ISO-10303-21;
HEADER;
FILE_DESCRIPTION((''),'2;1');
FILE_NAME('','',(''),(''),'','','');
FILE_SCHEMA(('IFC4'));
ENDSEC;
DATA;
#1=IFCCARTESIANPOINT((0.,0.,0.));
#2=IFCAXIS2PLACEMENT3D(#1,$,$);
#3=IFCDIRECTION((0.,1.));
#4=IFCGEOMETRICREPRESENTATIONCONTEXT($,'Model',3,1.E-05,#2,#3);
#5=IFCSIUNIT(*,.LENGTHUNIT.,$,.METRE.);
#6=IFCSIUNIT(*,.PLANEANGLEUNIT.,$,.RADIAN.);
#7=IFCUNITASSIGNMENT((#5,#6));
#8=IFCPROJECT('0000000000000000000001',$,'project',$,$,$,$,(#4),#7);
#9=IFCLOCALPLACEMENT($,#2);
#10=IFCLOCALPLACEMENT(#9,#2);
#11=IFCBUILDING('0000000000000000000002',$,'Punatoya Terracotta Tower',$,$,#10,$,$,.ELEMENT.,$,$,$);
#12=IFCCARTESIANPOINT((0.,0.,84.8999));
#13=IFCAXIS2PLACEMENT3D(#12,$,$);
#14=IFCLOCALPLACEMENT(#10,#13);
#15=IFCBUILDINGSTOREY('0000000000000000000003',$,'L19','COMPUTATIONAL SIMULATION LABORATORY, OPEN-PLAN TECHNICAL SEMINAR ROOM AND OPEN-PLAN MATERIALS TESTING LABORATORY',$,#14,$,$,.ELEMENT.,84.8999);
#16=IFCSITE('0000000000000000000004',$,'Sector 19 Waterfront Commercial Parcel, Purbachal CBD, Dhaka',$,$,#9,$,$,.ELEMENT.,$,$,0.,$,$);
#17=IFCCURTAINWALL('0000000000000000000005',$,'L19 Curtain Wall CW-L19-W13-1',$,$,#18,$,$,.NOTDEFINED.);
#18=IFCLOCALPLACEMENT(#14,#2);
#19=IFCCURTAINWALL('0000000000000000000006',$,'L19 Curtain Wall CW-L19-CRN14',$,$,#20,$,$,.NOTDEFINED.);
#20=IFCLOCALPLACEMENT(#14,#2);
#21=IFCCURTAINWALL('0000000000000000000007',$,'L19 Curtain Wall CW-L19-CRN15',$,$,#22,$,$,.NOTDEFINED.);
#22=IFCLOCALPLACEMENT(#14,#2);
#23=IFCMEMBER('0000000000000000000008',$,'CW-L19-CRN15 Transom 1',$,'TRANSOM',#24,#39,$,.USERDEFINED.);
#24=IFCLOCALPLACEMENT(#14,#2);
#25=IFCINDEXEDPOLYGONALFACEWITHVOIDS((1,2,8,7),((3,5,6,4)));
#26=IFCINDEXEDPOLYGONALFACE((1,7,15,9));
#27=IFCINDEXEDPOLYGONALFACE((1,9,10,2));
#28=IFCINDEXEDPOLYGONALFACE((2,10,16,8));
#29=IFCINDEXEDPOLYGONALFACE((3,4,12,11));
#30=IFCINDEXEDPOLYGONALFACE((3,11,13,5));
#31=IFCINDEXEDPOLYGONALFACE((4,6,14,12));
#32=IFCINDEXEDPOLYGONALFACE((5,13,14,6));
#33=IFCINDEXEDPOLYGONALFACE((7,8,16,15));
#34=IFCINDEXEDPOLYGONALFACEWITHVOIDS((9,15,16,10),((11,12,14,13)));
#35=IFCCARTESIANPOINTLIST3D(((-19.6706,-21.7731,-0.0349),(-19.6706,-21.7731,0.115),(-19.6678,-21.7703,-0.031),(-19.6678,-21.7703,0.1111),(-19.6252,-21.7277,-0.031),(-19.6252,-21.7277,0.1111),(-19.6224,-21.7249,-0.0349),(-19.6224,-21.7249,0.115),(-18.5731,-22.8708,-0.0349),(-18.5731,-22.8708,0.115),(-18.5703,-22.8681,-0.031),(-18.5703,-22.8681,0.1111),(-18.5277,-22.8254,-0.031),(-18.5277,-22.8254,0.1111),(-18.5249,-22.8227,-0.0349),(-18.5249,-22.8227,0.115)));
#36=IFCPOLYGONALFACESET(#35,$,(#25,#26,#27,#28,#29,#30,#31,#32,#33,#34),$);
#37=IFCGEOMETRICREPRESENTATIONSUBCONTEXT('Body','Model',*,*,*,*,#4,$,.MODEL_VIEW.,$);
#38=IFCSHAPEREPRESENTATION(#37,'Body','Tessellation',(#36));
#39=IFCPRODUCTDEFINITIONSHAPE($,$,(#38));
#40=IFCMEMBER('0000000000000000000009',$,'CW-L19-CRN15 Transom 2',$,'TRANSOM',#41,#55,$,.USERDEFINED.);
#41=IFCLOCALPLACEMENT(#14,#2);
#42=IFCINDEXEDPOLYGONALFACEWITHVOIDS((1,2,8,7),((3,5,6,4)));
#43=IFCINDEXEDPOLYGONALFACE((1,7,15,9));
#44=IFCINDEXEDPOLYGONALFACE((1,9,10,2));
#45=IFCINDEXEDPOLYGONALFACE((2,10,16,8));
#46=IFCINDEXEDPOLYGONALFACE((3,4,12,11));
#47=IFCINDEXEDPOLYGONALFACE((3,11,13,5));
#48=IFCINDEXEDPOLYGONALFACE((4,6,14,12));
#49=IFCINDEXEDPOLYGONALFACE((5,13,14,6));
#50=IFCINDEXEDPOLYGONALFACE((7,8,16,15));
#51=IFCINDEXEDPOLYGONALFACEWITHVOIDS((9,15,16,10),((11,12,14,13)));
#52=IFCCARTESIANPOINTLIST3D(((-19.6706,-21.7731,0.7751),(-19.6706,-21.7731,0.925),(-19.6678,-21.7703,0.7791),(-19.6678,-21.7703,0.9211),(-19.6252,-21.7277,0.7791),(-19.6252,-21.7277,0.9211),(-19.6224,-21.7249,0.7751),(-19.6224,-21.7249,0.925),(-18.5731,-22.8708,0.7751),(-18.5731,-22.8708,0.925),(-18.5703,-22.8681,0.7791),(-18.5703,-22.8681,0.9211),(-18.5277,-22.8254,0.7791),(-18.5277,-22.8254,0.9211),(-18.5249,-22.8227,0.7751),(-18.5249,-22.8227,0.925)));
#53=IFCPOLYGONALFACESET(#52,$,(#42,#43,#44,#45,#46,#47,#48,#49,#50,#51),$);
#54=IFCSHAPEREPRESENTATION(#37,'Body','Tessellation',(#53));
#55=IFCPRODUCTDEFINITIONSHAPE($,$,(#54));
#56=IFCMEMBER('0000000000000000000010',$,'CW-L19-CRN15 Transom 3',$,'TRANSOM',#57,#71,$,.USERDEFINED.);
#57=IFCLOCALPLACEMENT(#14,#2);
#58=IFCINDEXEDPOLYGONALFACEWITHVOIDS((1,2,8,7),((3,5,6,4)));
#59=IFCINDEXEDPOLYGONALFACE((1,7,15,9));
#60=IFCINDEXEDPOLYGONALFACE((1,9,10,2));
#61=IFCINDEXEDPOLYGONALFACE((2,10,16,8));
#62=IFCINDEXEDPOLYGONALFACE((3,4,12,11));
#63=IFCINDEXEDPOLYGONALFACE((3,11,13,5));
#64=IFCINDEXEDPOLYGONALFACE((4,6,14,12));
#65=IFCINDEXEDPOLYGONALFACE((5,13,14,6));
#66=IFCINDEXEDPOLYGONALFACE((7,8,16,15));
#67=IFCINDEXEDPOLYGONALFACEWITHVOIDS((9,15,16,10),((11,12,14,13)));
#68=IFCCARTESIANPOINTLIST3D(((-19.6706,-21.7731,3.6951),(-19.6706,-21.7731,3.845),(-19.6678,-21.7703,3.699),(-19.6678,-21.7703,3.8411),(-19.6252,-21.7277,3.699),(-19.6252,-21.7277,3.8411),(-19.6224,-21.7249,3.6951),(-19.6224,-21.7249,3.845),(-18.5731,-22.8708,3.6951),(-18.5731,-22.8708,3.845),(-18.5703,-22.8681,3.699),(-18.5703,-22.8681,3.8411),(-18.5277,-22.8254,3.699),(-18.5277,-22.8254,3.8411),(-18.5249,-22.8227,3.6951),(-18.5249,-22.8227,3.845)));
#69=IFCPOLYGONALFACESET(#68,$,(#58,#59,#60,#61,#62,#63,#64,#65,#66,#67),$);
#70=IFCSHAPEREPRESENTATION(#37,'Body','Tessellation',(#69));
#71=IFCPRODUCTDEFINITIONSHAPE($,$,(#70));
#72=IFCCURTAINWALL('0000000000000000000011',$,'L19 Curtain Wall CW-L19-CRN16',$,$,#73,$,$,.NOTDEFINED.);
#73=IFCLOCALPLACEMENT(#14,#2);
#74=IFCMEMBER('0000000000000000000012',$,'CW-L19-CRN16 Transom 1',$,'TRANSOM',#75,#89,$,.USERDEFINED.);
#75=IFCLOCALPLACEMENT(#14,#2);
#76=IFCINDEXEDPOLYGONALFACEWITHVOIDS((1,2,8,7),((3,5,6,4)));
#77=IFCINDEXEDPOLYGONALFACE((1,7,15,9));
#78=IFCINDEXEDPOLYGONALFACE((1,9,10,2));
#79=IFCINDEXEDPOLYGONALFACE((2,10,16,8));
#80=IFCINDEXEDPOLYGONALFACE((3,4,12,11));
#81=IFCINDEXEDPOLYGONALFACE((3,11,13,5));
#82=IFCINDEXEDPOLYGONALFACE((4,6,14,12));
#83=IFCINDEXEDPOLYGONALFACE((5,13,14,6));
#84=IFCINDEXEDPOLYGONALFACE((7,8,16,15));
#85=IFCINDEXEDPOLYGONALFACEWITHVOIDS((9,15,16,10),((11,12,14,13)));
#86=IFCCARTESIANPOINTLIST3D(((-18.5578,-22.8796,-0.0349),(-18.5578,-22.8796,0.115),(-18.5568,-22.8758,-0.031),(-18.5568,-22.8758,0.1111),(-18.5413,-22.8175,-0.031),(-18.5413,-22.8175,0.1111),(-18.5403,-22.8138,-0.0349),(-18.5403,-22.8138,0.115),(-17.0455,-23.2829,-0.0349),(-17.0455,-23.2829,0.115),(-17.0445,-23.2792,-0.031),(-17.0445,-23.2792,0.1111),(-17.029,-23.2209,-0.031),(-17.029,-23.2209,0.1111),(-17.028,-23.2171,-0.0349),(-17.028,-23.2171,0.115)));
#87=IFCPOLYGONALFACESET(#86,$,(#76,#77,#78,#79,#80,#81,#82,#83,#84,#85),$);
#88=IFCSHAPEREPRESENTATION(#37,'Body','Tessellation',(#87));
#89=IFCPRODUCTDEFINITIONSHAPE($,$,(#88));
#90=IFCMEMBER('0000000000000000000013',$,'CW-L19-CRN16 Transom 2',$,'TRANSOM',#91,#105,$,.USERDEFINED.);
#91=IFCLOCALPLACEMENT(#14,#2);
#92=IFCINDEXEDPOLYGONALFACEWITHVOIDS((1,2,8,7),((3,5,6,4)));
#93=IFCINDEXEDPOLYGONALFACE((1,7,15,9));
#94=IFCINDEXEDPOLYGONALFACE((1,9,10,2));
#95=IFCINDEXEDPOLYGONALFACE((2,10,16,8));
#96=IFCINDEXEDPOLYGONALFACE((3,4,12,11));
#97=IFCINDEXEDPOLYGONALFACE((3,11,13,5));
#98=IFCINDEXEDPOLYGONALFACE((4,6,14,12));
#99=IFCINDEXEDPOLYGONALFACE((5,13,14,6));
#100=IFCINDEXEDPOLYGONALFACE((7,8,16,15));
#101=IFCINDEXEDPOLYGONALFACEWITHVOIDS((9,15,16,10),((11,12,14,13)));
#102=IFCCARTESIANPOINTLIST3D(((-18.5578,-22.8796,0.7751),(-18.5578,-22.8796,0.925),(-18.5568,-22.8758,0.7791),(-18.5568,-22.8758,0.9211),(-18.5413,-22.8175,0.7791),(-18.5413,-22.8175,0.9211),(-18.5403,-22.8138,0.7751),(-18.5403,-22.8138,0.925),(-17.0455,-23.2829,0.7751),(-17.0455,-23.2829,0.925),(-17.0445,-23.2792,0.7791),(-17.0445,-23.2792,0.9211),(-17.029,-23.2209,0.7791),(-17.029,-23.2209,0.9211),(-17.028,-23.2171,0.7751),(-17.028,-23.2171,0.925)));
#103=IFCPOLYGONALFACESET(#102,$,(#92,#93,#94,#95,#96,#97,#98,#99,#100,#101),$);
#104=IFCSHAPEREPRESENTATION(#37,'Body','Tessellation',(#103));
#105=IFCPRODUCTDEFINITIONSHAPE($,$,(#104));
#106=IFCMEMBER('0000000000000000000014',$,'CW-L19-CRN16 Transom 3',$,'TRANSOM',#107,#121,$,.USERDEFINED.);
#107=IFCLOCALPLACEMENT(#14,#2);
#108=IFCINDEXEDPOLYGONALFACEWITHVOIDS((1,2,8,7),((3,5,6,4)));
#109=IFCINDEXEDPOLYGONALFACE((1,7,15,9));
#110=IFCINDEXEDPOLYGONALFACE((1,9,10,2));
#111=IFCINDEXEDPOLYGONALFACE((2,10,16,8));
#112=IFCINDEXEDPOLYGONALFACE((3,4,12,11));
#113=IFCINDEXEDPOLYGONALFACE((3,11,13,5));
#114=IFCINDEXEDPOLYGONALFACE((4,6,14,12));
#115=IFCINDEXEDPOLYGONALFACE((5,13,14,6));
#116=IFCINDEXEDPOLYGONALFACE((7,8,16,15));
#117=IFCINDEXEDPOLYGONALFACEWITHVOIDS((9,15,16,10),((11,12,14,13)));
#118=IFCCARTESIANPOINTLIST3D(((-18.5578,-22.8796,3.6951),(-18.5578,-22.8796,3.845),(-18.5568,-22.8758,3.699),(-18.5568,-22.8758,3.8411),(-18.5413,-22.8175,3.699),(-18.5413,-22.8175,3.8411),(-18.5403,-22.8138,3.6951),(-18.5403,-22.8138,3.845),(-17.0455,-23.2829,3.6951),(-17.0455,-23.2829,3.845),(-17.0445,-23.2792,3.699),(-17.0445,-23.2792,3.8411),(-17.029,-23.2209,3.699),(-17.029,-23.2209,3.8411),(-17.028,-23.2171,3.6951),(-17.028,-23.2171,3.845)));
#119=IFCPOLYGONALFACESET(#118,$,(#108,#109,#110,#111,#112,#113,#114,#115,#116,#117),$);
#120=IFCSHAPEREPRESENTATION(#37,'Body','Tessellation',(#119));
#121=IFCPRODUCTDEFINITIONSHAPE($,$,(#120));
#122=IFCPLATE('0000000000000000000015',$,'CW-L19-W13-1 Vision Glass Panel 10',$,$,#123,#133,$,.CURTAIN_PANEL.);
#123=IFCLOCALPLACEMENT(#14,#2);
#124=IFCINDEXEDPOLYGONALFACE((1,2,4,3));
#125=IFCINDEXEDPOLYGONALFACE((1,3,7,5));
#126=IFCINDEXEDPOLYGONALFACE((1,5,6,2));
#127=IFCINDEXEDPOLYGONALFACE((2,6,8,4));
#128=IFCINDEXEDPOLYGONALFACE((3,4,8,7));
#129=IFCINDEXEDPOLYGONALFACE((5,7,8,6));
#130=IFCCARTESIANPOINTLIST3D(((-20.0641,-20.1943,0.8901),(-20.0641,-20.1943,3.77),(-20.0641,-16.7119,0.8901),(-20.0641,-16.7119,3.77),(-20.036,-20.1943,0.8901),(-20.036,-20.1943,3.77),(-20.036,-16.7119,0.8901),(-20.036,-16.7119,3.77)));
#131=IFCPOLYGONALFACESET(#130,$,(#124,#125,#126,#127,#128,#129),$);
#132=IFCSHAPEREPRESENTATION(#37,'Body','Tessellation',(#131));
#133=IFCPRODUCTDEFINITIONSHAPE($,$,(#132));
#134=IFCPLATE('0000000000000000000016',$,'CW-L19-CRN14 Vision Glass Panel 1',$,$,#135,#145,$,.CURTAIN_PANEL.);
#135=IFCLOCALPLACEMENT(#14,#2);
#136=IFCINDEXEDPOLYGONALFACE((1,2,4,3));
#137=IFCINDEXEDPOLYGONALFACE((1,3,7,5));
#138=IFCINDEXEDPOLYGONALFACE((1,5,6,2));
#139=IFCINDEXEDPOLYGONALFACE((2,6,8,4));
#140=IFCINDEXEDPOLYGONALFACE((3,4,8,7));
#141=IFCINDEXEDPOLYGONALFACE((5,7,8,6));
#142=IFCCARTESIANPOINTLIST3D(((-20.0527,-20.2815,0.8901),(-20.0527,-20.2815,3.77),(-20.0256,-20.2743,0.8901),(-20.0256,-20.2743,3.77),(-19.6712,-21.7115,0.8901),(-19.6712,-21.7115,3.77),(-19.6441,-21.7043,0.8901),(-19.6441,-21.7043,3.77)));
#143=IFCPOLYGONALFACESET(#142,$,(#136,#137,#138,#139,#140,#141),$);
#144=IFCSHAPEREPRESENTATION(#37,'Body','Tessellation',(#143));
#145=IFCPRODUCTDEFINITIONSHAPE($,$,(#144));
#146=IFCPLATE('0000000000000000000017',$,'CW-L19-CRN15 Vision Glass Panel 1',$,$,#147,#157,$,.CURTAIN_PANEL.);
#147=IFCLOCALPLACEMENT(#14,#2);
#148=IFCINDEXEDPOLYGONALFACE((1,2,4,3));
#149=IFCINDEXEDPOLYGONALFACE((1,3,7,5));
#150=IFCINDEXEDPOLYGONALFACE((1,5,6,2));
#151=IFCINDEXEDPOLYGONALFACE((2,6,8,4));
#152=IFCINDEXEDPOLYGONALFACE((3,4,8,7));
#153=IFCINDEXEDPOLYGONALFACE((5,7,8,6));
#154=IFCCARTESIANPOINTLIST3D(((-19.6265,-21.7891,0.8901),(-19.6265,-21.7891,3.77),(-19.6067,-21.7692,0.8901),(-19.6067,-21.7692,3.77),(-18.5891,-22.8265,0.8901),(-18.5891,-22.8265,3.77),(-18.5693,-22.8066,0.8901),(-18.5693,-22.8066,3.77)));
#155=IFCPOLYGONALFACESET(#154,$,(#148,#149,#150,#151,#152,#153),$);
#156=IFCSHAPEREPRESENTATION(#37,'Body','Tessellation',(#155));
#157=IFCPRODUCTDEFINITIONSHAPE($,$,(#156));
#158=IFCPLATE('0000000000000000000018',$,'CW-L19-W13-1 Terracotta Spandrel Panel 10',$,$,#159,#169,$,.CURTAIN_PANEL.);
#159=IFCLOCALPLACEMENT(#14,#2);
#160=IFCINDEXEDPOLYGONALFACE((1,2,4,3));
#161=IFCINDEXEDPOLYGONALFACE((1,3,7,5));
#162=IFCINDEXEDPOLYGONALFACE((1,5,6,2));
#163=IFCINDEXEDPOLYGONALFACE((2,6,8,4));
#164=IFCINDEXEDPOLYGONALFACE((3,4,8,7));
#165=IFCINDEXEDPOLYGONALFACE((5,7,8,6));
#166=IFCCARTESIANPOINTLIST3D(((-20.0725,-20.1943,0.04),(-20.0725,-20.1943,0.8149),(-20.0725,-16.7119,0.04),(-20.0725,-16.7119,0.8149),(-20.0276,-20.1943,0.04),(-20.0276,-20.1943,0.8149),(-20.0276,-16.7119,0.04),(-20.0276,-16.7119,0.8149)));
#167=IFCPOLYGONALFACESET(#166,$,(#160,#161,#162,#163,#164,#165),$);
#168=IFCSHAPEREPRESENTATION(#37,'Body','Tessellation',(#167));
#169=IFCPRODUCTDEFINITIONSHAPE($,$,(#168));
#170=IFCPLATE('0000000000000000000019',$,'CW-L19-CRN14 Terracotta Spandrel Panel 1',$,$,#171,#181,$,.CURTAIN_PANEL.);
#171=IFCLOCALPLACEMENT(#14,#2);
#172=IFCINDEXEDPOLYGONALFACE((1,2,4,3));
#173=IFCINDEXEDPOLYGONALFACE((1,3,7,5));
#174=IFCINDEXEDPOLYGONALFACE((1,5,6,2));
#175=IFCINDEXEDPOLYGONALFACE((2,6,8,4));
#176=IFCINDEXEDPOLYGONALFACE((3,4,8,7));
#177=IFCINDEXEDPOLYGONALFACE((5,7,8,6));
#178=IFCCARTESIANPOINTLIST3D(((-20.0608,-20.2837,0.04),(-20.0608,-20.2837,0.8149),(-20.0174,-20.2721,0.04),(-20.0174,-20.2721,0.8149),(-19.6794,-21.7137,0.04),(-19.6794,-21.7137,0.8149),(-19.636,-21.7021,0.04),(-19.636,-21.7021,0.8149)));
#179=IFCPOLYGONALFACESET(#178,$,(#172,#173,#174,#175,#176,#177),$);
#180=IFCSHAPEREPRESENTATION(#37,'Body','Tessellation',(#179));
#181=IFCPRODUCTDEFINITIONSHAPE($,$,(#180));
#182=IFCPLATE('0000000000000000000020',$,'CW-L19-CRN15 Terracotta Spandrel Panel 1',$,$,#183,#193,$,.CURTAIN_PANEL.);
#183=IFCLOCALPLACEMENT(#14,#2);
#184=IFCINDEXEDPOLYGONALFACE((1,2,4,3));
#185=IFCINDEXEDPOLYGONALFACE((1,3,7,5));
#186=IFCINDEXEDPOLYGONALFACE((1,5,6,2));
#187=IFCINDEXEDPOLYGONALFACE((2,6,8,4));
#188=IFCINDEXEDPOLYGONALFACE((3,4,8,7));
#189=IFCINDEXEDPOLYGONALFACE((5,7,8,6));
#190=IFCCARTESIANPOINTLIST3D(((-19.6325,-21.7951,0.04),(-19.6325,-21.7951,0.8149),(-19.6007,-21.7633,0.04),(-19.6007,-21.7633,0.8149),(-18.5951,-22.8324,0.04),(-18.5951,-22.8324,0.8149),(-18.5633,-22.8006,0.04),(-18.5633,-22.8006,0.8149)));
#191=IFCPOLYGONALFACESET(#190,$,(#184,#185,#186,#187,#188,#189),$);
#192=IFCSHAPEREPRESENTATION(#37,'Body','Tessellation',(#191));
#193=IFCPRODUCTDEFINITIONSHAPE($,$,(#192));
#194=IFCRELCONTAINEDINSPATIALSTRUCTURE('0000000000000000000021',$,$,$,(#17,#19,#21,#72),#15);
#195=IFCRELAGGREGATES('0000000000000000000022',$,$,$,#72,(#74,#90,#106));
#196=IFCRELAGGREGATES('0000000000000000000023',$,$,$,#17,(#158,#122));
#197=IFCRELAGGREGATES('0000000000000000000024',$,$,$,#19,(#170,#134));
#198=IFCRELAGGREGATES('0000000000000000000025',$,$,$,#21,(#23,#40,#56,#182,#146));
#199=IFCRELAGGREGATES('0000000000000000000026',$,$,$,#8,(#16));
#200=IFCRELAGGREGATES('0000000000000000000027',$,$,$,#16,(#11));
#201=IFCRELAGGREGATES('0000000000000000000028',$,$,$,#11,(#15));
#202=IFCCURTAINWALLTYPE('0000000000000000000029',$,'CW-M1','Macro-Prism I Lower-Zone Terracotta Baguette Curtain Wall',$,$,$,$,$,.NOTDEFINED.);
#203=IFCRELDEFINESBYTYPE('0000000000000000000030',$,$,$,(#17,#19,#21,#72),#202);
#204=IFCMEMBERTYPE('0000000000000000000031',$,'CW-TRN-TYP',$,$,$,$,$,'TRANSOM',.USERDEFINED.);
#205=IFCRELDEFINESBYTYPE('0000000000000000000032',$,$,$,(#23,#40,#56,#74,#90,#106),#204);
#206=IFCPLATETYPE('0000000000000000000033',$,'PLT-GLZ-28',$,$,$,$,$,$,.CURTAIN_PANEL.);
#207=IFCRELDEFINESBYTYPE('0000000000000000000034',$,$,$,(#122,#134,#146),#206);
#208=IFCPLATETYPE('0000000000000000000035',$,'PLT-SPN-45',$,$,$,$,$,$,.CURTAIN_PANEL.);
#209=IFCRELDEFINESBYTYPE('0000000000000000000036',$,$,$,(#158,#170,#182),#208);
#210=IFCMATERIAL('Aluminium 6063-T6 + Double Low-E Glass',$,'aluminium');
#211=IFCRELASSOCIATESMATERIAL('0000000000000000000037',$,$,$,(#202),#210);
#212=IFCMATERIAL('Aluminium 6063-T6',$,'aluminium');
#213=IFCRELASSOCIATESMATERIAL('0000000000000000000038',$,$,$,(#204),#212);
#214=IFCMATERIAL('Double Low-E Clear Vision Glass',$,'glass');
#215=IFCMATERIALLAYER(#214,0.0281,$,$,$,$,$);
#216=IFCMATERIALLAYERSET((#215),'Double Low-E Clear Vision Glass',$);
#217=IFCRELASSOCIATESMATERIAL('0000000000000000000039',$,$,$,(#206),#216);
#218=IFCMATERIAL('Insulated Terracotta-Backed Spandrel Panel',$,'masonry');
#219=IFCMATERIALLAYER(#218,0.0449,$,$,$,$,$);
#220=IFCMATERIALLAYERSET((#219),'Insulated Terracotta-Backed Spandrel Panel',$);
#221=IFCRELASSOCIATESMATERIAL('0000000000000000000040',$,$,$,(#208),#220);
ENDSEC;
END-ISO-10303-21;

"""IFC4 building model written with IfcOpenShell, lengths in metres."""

from ifc_helpers import new_model, si_unit, direction, frame, origin, origin_2d, place, context, subcontext, project, spatial, rectangle, hollow_rectangle, extrude, material, layer, layer_set, material_profile, profile_set, type_object, element, aggregate, save


model = new_model("IFC4")

# Units and contexts
model_context = context("Model", 3, precision=1e-05, world=origin(), true_north=direction((0.0, 1.0)))
body_context = subcontext(model_context, "Body", "Model", "MODEL_VIEW")
ifc_project = project(units=[si_unit("LENGTHUNIT", "METRE"), si_unit("PLANEANGLEUNIT", "RADIAN")], contexts=[model_context])

# Site, building, storey
site_placement = place(None, origin())
site = spatial("IfcSite", under=ifc_project, at=site_placement, Name="Sector 19 Waterfront Commercial Parcel, Purbachal CBD, Dhaka", CompositionType="ELEMENT", RefElevation=0.0)
building_placement = place(site_placement, origin())
building = spatial("IfcBuilding", under=site, at=building_placement, Name="Punatoya Terracotta Tower", CompositionType="ELEMENT")
storey_placement = place(building_placement, frame((0.0, 0.0, 84.8999)))
storey = spatial("IfcBuildingStorey", under=building, at=storey_placement, Name="L19", Description="COMPUTATIONAL SIMULATION LABORATORY, OPEN-PLAN TECHNICAL SEMINAR ROOM AND OPEN-PLAN MATERIALS TESTING LABORATORY", CompositionType="ELEMENT", Elevation=84.8999)

# Curtain wall
ifc_material_1 = material(Name="Aluminium 6063-T6 + Double Low-E Glass", Category="aluminium")
curtain_wall_type = type_object("IfcCurtainWallType", Name="CW-M1", Description="Macro-Prism I Lower-Zone Terracotta Baguette Curtain Wall", PredefinedType="NOTDEFINED", material=ifc_material_1)
curtain_wall_1_placement = place(storey_placement, origin())
curtain_wall_1 = element("IfcCurtainWall", 1, at=curtain_wall_1_placement, inside=storey, type_object=curtain_wall_type, Name="L19 Curtain Wall CW-L19-W13-1", PredefinedType="NOTDEFINED")
ifc_material_2 = material(Name="Aluminium 6063-T6", Category="aluminium")

# Curtain walls
curtain_wall_2_placement = place(storey_placement, origin())
curtain_wall_2 = element("IfcCurtainWall", 2, at=curtain_wall_2_placement, inside=storey, type_object=curtain_wall_type, Name="L19 Curtain Wall CW-L19-CRN14", PredefinedType="NOTDEFINED")
curtain_wall_3_placement = place(storey_placement, origin())
curtain_wall_3 = element("IfcCurtainWall", 3, at=curtain_wall_3_placement, inside=storey, type_object=curtain_wall_type, Name="L19 Curtain Wall CW-L19-CRN15", PredefinedType="NOTDEFINED")

# Members
ifc_material_profile_1 = material_profile(ifc_material_2, hollow_rectangle(XDim=0.0681, YDim=0.1499, WallThickness=0.0039, at=origin_2d()))
ifc_profile_set_1 = profile_set([ifc_material_profile_1], Name="Aluminium 6063-T6")
member_type_1 = type_object("IfcMemberType", Name="CW-TRN-TYP", ElementType="TRANSOM", PredefinedType="USERDEFINED", material=ifc_profile_set_1)
member_1_placement = place(storey_placement, frame((-19.6465, -21.749, 0.04), z_axis=(0.707028, -0.707185, 0.0), x_axis=(0.707185, 0.707028, 0.0)))
member_1 = element("IfcMember", 4, at=member_1_placement, type_object=member_type_1, Name="CW-L19-CRN15 Transom 1", ObjectType="TRANSOM", PredefinedType="USERDEFINED", context=body_context, shape_type="SweptSolid", body=[
    extrude(hollow_rectangle(XDim=0.0681, YDim=0.1499, WallThickness=0.0039, at=origin_2d()), origin(), (0.0, 0.0, 1.0), 1.5522),
])
member_2_placement = place(storey_placement, frame((-19.6465, -21.749, 0.8501), z_axis=(0.707028, -0.707185, 0.0), x_axis=(0.707185, 0.707028, 0.0)))
member_2 = element("IfcMember", 5, at=member_2_placement, type_object=member_type_1, Name="CW-L19-CRN15 Transom 2", ObjectType="TRANSOM", PredefinedType="USERDEFINED", context=body_context, shape_type="SweptSolid", body=[
    extrude(hollow_rectangle(XDim=0.0681, YDim=0.1499, WallThickness=0.0039, at=origin_2d()), origin(), (0.0, 0.0, 1.0), 1.5522),
])
member_3_placement = place(storey_placement, frame((-19.6465, -21.749, 3.77), z_axis=(0.707028, -0.707185, 0.0), x_axis=(0.707185, 0.707028, 0.0)))
member_3 = element("IfcMember", 6, at=member_3_placement, type_object=member_type_1, Name="CW-L19-CRN15 Transom 3", ObjectType="TRANSOM", PredefinedType="USERDEFINED", context=body_context, shape_type="SweptSolid", body=[
    extrude(hollow_rectangle(XDim=0.0681, YDim=0.1499, WallThickness=0.0039, at=origin_2d()), origin(), (0.0, 0.0, 1.0), 1.5522),
])

# Curtain wall, members
curtain_wall_4_placement = place(storey_placement, origin())
curtain_wall_4 = element("IfcCurtainWall", 7, at=curtain_wall_4_placement, inside=storey, type_object=curtain_wall_type, Name="L19 Curtain Wall CW-L19-CRN16", PredefinedType="NOTDEFINED")
member_4_placement = place(storey_placement, frame((-18.5491, -22.8467, 0.04), z_axis=(0.966225, -0.257701, 0.0), x_axis=(0.257701, 0.966225, 0.0)))
member_4 = element("IfcMember", 8, at=member_4_placement, type_object=member_type_1, Name="CW-L19-CRN16 Transom 1", ObjectType="TRANSOM", PredefinedType="USERDEFINED", context=body_context, shape_type="SweptSolid", body=[
    extrude(hollow_rectangle(XDim=0.0681, YDim=0.1499, WallThickness=0.0039, at=origin_2d()), origin(), (0.0, 0.0, 1.0), 1.5652),
])
member_5_placement = place(storey_placement, frame((-18.5491, -22.8467, 0.8501), z_axis=(0.966225, -0.257701, 0.0), x_axis=(0.257701, 0.966225, 0.0)))
member_5 = element("IfcMember", 9, at=member_5_placement, type_object=member_type_1, Name="CW-L19-CRN16 Transom 2", ObjectType="TRANSOM", PredefinedType="USERDEFINED", context=body_context, shape_type="SweptSolid", body=[
    extrude(hollow_rectangle(XDim=0.0681, YDim=0.1499, WallThickness=0.0039, at=origin_2d()), origin(), (0.0, 0.0, 1.0), 1.5652),
])
member_6_placement = place(storey_placement, frame((-18.5491, -22.8467, 3.77), z_axis=(0.966225, -0.257701, 0.0), x_axis=(0.257701, 0.966225, 0.0)))
member_6 = element("IfcMember", 10, at=member_6_placement, type_object=member_type_1, Name="CW-L19-CRN16 Transom 3", ObjectType="TRANSOM", PredefinedType="USERDEFINED", context=body_context, shape_type="SweptSolid", body=[
    extrude(hollow_rectangle(XDim=0.0681, YDim=0.1499, WallThickness=0.0039, at=origin_2d()), origin(), (0.0, 0.0, 1.0), 1.5652),
])
aggregate(curtain_wall_4, [member_4, member_5, member_6])

# Plates
ifc_material_3 = material(Name="Double Low-E Clear Vision Glass", Category="glass")
ifc_layer_1 = layer(ifc_material_3, 0.0281)
ifc_layer_set_1 = layer_set([ifc_layer_1], Name="Double Low-E Clear Vision Glass")
plate_type_1 = type_object("IfcPlateType", Name="PLT-GLZ-28", PredefinedType="CURTAIN_PANEL", material=ifc_layer_set_1)
plate_1_placement = place(storey_placement, frame((-20.05, -18.4531, 0.8901), z_axis=(0.0, 0.0, 1.0), x_axis=(0.0, -1.0, 0.0)))
plate_1 = element("IfcPlate", 11, at=plate_1_placement, type_object=plate_type_1, Name="CW-L19-W13-1 Vision Glass Panel 10", PredefinedType="CURTAIN_PANEL", context=body_context, shape_type="SweptSolid", body=[
    extrude(rectangle(XDim=3.4824, YDim=0.0281, at=origin_2d()), origin(), (0.0, 0.0, 1.0), 2.8799),
])
plate_2_placement = place(storey_placement, frame((-19.8484, -20.9929, 0.8901), z_axis=(0.0, 0.0, 1.0), x_axis=(0.257742, -0.966214, 0.0)))
plate_2 = element("IfcPlate", 12, at=plate_2_placement, type_object=plate_type_1, Name="CW-L19-CRN14 Vision Glass Panel 1", PredefinedType="CURTAIN_PANEL", context=body_context, shape_type="SweptSolid", body=[
    extrude(rectangle(XDim=1.48, YDim=0.0281, at=origin_2d()), origin(), (0.0, 0.0, 1.0), 2.8799),
])
plate_3_placement = place(storey_placement, frame((-19.0979, -22.2979, 0.8901), z_axis=(0.0, 0.0, 1.0), x_axis=(0.707107, -0.707107, 0.0)))
plate_3 = element("IfcPlate", 13, at=plate_3_placement, type_object=plate_type_1, Name="CW-L19-CRN15 Vision Glass Panel 1", PredefinedType="CURTAIN_PANEL", context=body_context, shape_type="SweptSolid", body=[
    extrude(rectangle(XDim=1.467, YDim=0.0281, at=origin_2d()), origin(), (0.0, 0.0, 1.0), 2.8799),
])
ifc_material_4 = material(Name="Insulated Terracotta-Backed Spandrel Panel", Category="masonry")
ifc_layer_2 = layer(ifc_material_4, 0.0449)
ifc_layer_set_2 = layer_set([ifc_layer_2], Name="Insulated Terracotta-Backed Spandrel Panel")
plate_type_2 = type_object("IfcPlateType", Name="PLT-SPN-45", PredefinedType="CURTAIN_PANEL", material=ifc_layer_set_2)
plate_4_placement = place(storey_placement, frame((-20.05, -18.4531, 0.04), z_axis=(0.0, 0.0, 1.0), x_axis=(0.0, -1.0, 0.0)))
plate_4 = element("IfcPlate", 14, at=plate_4_placement, type_object=plate_type_2, Name="CW-L19-W13-1 Terracotta Spandrel Panel 10", PredefinedType="CURTAIN_PANEL", context=body_context, shape_type="SweptSolid", body=[
    extrude(rectangle(XDim=3.4824, YDim=0.0449, at=origin_2d()), origin(), (0.0, 0.0, 1.0), 0.7749),
])
aggregate(curtain_wall_1, [plate_4, plate_1])
plate_5_placement = place(storey_placement, frame((-19.8484, -20.9929, 0.04), z_axis=(0.0, 0.0, 1.0), x_axis=(0.257742, -0.966214, 0.0)))
plate_5 = element("IfcPlate", 15, at=plate_5_placement, type_object=plate_type_2, Name="CW-L19-CRN14 Terracotta Spandrel Panel 1", PredefinedType="CURTAIN_PANEL", context=body_context, shape_type="SweptSolid", body=[
    extrude(rectangle(XDim=1.48, YDim=0.0449, at=origin_2d()), origin(), (0.0, 0.0, 1.0), 0.7749),
])
aggregate(curtain_wall_2, [plate_5, plate_2])
plate_6_placement = place(storey_placement, frame((-19.0979, -22.2979, 0.04), z_axis=(0.0, 0.0, 1.0), x_axis=(0.707107, -0.707107, 0.0)))
plate_6 = element("IfcPlate", 16, at=plate_6_placement, type_object=plate_type_2, Name="CW-L19-CRN15 Terracotta Spandrel Panel 1", PredefinedType="CURTAIN_PANEL", context=body_context, shape_type="SweptSolid", body=[
    extrude(rectangle(XDim=1.467, YDim=0.0449, at=origin_2d()), origin(), (0.0, 0.0, 1.0), 0.7749),
])
aggregate(curtain_wall_3, [member_1, member_2, member_3, plate_6, plate_3])

save(model, "model.ifc")
